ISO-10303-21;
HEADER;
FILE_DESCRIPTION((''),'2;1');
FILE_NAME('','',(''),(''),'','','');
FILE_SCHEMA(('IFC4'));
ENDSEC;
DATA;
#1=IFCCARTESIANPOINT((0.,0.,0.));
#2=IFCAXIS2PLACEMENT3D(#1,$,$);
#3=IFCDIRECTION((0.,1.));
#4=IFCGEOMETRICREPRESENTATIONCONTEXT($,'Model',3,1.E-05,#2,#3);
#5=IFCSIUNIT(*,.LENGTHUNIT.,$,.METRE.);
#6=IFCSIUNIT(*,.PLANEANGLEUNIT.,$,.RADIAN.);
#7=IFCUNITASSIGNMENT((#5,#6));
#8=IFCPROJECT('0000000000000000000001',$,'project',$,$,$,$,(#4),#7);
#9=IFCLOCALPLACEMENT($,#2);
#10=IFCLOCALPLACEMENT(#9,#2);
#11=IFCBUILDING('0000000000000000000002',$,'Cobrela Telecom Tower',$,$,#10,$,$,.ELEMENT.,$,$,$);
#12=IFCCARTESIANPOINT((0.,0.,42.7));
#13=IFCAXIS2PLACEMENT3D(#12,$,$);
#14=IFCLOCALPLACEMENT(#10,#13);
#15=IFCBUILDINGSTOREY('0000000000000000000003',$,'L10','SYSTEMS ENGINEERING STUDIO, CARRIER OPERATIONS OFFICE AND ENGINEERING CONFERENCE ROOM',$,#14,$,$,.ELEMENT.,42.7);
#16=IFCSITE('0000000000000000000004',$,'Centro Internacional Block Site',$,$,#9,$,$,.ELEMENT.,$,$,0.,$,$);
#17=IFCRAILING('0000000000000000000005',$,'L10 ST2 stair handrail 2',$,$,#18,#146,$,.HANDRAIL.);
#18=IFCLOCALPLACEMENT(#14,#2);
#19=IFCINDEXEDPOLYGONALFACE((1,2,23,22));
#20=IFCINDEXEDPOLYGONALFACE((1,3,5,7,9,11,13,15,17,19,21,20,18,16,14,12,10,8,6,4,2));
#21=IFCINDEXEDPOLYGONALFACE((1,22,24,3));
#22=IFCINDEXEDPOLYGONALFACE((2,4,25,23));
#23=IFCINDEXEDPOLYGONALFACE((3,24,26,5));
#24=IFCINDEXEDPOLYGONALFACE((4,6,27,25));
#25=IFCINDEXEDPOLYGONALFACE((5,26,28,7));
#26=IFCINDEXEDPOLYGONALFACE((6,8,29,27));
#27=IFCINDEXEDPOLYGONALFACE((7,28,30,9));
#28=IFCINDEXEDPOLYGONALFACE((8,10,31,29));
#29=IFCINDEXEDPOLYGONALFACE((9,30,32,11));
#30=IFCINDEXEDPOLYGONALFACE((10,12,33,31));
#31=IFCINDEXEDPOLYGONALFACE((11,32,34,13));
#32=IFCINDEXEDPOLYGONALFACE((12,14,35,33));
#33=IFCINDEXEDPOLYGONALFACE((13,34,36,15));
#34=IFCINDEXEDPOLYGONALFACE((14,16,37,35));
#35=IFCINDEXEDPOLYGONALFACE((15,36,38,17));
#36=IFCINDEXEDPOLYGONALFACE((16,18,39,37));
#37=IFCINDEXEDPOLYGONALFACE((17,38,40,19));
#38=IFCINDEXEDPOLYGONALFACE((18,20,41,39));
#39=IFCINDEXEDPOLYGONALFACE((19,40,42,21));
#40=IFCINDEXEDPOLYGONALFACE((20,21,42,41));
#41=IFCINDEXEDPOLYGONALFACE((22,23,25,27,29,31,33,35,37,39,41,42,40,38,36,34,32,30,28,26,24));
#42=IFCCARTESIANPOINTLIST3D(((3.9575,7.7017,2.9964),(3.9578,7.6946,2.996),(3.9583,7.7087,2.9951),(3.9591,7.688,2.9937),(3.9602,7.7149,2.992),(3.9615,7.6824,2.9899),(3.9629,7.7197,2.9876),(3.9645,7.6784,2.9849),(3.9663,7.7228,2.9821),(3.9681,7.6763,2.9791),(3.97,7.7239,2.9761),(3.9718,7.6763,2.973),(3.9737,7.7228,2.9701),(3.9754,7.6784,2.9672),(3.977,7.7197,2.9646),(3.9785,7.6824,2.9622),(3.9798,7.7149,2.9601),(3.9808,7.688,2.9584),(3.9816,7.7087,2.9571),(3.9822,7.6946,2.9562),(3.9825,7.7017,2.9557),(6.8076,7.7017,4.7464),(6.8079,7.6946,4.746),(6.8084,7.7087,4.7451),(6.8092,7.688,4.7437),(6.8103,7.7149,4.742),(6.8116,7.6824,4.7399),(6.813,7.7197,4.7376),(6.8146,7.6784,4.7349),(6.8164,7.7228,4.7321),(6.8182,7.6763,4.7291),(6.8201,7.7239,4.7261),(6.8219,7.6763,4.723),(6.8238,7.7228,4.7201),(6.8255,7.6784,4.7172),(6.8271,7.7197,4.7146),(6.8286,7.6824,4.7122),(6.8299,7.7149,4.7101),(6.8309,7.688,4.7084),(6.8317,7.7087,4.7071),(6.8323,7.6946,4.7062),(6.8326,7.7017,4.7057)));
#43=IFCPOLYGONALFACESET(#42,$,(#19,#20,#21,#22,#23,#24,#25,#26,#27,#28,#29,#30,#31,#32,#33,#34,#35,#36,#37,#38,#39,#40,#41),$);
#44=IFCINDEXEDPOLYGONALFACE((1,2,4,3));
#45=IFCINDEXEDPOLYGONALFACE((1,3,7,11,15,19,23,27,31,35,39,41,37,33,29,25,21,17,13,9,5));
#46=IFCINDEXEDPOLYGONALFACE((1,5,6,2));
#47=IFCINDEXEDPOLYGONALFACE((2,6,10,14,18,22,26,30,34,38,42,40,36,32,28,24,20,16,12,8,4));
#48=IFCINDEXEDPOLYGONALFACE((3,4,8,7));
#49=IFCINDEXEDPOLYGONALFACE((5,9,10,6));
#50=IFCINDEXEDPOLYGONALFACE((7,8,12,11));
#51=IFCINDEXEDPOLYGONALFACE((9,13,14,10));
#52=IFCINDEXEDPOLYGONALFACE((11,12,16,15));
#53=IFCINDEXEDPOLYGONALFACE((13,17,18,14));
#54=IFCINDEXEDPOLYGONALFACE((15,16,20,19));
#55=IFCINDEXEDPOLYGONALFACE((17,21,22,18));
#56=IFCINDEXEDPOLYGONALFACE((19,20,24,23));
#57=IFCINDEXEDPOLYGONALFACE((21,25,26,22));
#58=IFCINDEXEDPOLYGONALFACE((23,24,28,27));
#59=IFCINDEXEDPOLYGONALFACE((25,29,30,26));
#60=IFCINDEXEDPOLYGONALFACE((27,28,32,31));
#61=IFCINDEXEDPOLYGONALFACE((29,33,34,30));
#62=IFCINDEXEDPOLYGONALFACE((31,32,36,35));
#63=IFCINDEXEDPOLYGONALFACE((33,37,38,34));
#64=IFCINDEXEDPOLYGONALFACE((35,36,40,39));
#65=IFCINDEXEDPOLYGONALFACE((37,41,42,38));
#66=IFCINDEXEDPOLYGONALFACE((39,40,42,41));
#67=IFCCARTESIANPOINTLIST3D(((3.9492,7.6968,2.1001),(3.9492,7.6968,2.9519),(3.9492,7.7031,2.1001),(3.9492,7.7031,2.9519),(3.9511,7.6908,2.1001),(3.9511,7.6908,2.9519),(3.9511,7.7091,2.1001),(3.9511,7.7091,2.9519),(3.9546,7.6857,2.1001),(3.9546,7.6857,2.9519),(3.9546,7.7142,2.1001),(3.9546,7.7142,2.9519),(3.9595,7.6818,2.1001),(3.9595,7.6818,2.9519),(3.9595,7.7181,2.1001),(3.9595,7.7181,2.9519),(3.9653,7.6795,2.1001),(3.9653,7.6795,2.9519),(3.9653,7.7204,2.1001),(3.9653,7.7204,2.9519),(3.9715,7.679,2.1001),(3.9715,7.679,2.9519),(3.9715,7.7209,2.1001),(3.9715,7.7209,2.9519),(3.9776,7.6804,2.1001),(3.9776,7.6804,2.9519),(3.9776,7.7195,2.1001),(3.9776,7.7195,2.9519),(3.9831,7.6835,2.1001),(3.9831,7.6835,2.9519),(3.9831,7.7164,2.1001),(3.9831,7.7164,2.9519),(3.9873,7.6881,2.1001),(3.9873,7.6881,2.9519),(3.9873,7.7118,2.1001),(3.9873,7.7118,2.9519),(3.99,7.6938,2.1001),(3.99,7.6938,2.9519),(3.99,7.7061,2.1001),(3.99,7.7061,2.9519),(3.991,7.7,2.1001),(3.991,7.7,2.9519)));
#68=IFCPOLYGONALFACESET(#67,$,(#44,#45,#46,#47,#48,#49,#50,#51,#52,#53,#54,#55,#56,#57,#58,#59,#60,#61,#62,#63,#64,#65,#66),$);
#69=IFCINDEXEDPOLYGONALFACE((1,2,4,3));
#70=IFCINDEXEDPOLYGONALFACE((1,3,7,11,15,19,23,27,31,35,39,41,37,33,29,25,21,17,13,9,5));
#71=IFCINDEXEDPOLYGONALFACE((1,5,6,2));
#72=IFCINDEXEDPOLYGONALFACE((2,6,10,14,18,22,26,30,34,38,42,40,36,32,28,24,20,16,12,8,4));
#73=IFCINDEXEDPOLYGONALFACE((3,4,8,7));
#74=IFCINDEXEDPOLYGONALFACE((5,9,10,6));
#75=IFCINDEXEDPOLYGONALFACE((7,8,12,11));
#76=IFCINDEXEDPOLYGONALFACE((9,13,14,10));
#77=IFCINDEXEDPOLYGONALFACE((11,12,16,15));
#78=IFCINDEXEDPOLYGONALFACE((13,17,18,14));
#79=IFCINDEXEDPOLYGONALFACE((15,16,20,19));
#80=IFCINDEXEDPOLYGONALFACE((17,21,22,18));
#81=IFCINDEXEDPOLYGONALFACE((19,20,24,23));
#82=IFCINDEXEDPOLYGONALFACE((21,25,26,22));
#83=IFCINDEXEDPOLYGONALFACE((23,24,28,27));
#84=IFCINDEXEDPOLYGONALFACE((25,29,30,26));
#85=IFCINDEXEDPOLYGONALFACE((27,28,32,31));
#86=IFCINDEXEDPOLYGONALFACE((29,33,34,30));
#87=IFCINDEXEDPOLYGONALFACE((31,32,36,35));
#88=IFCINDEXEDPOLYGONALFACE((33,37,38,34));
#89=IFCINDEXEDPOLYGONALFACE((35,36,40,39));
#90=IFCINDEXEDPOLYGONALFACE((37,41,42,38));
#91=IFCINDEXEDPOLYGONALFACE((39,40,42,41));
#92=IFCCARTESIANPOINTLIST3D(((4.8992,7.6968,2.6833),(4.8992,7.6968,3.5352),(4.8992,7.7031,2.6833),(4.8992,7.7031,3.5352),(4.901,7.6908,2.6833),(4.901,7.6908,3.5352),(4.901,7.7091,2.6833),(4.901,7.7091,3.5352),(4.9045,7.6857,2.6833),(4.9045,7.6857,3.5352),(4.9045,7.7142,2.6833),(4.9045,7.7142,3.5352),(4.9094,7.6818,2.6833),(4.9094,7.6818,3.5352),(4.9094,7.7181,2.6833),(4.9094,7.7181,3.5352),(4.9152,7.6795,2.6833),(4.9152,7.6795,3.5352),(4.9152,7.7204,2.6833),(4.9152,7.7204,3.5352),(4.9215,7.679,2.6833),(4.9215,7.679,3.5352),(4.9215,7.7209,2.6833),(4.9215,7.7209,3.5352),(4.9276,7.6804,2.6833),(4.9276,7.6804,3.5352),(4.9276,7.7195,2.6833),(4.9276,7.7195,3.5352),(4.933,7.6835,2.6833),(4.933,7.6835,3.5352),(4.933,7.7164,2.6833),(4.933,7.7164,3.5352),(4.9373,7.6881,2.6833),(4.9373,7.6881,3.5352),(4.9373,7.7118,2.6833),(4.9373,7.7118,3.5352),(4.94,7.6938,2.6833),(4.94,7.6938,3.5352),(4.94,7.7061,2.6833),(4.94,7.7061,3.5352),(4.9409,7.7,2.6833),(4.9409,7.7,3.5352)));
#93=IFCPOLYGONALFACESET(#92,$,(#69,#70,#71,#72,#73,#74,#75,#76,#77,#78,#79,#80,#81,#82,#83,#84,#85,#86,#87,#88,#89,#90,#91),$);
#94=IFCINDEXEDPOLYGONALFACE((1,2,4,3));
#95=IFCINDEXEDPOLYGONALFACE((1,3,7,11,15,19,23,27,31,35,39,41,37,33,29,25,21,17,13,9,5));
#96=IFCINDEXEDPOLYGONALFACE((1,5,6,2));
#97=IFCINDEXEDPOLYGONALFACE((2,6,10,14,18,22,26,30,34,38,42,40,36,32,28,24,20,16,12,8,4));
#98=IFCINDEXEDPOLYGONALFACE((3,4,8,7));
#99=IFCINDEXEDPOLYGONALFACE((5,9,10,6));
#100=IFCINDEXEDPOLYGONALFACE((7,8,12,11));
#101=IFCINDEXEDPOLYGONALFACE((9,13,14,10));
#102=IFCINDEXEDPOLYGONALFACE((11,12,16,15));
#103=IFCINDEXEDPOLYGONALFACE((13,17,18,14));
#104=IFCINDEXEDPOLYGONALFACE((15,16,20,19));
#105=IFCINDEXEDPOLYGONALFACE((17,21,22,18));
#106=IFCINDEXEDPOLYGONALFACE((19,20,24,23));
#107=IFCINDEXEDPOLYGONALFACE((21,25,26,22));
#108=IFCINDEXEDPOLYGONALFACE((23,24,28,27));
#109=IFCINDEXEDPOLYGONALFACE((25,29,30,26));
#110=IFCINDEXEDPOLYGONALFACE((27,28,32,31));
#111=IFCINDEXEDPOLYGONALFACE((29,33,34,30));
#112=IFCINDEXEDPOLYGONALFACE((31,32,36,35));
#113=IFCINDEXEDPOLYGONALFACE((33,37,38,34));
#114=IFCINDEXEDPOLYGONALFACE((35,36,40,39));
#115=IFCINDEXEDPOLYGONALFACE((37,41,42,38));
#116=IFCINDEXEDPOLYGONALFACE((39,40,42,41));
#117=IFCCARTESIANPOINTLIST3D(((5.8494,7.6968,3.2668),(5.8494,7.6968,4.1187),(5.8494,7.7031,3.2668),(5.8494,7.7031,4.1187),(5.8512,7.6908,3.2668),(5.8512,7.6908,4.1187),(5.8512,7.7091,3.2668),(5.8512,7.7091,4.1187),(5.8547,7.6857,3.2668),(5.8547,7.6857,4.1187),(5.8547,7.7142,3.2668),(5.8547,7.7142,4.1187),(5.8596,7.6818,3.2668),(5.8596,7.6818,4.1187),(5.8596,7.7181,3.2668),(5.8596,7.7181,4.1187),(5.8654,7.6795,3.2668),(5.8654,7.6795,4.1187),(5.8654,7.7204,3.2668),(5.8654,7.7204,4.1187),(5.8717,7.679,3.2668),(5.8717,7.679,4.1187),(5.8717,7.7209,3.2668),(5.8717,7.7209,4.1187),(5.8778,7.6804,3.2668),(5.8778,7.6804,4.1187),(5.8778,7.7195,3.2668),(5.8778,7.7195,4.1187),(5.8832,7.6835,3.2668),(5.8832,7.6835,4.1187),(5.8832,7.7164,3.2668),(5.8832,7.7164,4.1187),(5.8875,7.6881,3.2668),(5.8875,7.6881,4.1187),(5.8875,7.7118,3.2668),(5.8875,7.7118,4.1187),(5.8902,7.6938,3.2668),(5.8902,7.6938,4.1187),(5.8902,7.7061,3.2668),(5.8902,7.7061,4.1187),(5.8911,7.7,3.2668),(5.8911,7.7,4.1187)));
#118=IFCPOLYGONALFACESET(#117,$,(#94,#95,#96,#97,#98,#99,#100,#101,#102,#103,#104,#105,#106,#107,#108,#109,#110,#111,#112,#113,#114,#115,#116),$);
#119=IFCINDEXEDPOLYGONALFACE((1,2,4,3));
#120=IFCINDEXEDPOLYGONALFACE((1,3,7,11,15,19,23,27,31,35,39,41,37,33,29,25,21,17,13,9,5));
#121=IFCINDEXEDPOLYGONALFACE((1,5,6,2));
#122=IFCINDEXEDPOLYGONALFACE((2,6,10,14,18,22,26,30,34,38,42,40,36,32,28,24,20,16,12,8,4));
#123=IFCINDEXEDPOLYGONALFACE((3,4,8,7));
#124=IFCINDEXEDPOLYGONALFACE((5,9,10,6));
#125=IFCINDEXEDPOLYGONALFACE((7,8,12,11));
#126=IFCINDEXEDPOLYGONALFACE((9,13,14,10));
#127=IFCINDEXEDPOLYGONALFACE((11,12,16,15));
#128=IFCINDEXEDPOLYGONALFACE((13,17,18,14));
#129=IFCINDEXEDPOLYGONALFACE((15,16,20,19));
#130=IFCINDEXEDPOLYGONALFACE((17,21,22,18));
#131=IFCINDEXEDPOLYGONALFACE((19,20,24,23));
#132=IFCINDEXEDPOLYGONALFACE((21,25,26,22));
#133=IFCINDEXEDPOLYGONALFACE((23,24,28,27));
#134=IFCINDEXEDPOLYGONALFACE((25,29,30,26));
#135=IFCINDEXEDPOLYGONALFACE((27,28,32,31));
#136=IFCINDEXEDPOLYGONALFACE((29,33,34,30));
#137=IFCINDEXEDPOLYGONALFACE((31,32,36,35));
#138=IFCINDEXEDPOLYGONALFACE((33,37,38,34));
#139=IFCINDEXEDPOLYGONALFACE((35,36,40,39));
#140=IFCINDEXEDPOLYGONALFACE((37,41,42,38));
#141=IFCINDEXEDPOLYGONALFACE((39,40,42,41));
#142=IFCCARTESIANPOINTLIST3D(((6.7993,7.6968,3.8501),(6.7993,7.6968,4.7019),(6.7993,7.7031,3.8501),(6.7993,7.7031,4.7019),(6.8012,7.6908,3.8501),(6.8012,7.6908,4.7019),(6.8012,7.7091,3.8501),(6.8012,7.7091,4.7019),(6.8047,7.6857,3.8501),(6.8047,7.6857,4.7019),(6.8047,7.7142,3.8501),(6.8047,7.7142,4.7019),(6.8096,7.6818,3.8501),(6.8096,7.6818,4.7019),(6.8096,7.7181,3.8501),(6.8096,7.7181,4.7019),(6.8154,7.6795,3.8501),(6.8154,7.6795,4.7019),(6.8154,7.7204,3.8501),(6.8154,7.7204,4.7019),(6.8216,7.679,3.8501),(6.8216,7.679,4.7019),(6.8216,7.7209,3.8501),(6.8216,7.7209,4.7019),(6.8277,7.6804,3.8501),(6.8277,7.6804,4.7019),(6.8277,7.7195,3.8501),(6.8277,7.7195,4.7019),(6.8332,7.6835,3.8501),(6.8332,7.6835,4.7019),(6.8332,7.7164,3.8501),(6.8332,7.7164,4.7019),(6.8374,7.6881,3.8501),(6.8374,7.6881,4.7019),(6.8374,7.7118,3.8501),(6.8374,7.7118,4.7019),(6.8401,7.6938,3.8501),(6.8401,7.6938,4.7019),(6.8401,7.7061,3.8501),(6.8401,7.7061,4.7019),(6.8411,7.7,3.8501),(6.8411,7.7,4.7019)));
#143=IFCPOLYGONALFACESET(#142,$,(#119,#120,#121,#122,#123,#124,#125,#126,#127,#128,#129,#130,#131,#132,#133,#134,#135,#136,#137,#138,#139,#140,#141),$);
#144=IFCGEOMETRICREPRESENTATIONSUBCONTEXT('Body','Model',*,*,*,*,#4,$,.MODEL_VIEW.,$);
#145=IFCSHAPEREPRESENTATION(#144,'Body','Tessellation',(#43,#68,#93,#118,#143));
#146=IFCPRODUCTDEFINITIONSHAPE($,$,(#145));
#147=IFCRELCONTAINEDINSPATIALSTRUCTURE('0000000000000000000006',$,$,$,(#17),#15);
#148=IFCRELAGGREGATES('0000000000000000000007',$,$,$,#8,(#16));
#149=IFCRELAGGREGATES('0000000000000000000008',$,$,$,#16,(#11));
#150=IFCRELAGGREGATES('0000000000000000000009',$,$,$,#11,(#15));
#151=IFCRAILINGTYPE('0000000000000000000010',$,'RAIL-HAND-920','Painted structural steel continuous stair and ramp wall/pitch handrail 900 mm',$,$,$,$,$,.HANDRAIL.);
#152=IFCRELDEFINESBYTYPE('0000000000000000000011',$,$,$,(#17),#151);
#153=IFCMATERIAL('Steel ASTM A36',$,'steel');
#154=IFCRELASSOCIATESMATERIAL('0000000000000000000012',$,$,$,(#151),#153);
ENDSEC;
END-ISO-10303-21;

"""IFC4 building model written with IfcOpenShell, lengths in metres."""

from ifc_helpers import new_model, si_unit, direction, frame, origin, origin_2d, place, context, subcontext, project, spatial, circle, extrude, material, type_object, element, save


model = new_model("IFC4")

# Units and contexts
model_context = context("Model", 3, precision=1e-05, world=origin(), true_north=direction((0.0, 1.0)))
body_context = subcontext(model_context, "Body", "Model", "MODEL_VIEW")
ifc_project = project(units=[si_unit("LENGTHUNIT", "METRE"), si_unit("PLANEANGLEUNIT", "RADIAN")], contexts=[model_context])

# Site, building, storey
site_placement = place(None, origin())
site = spatial("IfcSite", under=ifc_project, at=site_placement, Name="Centro Internacional Block Site", CompositionType="ELEMENT", RefElevation=0.0)
building_placement = place(site_placement, origin())
building = spatial("IfcBuilding", under=site, at=building_placement, Name="Cobrela Telecom Tower", CompositionType="ELEMENT")
storey_placement = place(building_placement, frame((0.0, 0.0, 42.7)))
storey = spatial("IfcBuildingStorey", under=building, at=storey_placement, Name="L10", Description="SYSTEMS ENGINEERING STUDIO, CARRIER OPERATIONS OFFICE AND ENGINEERING CONFERENCE ROOM", CompositionType="ELEMENT", Elevation=42.7)

# Railing
ifc_material_1 = material(Name="Steel ASTM A36", Category="steel")
railing_type_1 = type_object("IfcRailingType", Name="RAIL-HAND-920", Description="Painted structural steel continuous stair and ramp wall/pitch handrail 900 mm", PredefinedType="HANDRAIL", material=ifc_material_1)
railing_1_placement = place(storey_placement, frame((3.97, 7.7, 2.1001)))
element("IfcRailing", 1, at=railing_1_placement, inside=storey, type_object=railing_type_1, Name="L10 ST2 stair handrail 2", PredefinedType="HANDRAIL", context=body_context, shape_type="SweptSolid", body=[
    extrude(circle(Radius=0.0239, at=origin_2d()), frame((0.0, 0.0, 0.876), z_axis=(0.852179, 0.0, 0.52325), x_axis=(0.0, 1.0, 0.0)), (0.0, 0.0, 1.0), 3.3445),
    extrude(circle(Radius=0.021, at=origin_2d()), origin(), (0.0, 0.0, 1.0), 0.8518),
    extrude(circle(Radius=0.021, at=origin_2d()), frame((0.95, 0.0, 0.5833)), (0.0, 0.0, 1.0), 0.8518),
    extrude(circle(Radius=0.021, at=origin_2d()), frame((1.9001, 0.0, 1.1667)), (0.0, 0.0, 1.0), 0.8518),
    extrude(circle(Radius=0.021, at=origin_2d()), frame((2.8501, 0.0, 1.75)), (0.0, 0.0, 1.0), 0.8518),
])

save(model, "model.ifc")
